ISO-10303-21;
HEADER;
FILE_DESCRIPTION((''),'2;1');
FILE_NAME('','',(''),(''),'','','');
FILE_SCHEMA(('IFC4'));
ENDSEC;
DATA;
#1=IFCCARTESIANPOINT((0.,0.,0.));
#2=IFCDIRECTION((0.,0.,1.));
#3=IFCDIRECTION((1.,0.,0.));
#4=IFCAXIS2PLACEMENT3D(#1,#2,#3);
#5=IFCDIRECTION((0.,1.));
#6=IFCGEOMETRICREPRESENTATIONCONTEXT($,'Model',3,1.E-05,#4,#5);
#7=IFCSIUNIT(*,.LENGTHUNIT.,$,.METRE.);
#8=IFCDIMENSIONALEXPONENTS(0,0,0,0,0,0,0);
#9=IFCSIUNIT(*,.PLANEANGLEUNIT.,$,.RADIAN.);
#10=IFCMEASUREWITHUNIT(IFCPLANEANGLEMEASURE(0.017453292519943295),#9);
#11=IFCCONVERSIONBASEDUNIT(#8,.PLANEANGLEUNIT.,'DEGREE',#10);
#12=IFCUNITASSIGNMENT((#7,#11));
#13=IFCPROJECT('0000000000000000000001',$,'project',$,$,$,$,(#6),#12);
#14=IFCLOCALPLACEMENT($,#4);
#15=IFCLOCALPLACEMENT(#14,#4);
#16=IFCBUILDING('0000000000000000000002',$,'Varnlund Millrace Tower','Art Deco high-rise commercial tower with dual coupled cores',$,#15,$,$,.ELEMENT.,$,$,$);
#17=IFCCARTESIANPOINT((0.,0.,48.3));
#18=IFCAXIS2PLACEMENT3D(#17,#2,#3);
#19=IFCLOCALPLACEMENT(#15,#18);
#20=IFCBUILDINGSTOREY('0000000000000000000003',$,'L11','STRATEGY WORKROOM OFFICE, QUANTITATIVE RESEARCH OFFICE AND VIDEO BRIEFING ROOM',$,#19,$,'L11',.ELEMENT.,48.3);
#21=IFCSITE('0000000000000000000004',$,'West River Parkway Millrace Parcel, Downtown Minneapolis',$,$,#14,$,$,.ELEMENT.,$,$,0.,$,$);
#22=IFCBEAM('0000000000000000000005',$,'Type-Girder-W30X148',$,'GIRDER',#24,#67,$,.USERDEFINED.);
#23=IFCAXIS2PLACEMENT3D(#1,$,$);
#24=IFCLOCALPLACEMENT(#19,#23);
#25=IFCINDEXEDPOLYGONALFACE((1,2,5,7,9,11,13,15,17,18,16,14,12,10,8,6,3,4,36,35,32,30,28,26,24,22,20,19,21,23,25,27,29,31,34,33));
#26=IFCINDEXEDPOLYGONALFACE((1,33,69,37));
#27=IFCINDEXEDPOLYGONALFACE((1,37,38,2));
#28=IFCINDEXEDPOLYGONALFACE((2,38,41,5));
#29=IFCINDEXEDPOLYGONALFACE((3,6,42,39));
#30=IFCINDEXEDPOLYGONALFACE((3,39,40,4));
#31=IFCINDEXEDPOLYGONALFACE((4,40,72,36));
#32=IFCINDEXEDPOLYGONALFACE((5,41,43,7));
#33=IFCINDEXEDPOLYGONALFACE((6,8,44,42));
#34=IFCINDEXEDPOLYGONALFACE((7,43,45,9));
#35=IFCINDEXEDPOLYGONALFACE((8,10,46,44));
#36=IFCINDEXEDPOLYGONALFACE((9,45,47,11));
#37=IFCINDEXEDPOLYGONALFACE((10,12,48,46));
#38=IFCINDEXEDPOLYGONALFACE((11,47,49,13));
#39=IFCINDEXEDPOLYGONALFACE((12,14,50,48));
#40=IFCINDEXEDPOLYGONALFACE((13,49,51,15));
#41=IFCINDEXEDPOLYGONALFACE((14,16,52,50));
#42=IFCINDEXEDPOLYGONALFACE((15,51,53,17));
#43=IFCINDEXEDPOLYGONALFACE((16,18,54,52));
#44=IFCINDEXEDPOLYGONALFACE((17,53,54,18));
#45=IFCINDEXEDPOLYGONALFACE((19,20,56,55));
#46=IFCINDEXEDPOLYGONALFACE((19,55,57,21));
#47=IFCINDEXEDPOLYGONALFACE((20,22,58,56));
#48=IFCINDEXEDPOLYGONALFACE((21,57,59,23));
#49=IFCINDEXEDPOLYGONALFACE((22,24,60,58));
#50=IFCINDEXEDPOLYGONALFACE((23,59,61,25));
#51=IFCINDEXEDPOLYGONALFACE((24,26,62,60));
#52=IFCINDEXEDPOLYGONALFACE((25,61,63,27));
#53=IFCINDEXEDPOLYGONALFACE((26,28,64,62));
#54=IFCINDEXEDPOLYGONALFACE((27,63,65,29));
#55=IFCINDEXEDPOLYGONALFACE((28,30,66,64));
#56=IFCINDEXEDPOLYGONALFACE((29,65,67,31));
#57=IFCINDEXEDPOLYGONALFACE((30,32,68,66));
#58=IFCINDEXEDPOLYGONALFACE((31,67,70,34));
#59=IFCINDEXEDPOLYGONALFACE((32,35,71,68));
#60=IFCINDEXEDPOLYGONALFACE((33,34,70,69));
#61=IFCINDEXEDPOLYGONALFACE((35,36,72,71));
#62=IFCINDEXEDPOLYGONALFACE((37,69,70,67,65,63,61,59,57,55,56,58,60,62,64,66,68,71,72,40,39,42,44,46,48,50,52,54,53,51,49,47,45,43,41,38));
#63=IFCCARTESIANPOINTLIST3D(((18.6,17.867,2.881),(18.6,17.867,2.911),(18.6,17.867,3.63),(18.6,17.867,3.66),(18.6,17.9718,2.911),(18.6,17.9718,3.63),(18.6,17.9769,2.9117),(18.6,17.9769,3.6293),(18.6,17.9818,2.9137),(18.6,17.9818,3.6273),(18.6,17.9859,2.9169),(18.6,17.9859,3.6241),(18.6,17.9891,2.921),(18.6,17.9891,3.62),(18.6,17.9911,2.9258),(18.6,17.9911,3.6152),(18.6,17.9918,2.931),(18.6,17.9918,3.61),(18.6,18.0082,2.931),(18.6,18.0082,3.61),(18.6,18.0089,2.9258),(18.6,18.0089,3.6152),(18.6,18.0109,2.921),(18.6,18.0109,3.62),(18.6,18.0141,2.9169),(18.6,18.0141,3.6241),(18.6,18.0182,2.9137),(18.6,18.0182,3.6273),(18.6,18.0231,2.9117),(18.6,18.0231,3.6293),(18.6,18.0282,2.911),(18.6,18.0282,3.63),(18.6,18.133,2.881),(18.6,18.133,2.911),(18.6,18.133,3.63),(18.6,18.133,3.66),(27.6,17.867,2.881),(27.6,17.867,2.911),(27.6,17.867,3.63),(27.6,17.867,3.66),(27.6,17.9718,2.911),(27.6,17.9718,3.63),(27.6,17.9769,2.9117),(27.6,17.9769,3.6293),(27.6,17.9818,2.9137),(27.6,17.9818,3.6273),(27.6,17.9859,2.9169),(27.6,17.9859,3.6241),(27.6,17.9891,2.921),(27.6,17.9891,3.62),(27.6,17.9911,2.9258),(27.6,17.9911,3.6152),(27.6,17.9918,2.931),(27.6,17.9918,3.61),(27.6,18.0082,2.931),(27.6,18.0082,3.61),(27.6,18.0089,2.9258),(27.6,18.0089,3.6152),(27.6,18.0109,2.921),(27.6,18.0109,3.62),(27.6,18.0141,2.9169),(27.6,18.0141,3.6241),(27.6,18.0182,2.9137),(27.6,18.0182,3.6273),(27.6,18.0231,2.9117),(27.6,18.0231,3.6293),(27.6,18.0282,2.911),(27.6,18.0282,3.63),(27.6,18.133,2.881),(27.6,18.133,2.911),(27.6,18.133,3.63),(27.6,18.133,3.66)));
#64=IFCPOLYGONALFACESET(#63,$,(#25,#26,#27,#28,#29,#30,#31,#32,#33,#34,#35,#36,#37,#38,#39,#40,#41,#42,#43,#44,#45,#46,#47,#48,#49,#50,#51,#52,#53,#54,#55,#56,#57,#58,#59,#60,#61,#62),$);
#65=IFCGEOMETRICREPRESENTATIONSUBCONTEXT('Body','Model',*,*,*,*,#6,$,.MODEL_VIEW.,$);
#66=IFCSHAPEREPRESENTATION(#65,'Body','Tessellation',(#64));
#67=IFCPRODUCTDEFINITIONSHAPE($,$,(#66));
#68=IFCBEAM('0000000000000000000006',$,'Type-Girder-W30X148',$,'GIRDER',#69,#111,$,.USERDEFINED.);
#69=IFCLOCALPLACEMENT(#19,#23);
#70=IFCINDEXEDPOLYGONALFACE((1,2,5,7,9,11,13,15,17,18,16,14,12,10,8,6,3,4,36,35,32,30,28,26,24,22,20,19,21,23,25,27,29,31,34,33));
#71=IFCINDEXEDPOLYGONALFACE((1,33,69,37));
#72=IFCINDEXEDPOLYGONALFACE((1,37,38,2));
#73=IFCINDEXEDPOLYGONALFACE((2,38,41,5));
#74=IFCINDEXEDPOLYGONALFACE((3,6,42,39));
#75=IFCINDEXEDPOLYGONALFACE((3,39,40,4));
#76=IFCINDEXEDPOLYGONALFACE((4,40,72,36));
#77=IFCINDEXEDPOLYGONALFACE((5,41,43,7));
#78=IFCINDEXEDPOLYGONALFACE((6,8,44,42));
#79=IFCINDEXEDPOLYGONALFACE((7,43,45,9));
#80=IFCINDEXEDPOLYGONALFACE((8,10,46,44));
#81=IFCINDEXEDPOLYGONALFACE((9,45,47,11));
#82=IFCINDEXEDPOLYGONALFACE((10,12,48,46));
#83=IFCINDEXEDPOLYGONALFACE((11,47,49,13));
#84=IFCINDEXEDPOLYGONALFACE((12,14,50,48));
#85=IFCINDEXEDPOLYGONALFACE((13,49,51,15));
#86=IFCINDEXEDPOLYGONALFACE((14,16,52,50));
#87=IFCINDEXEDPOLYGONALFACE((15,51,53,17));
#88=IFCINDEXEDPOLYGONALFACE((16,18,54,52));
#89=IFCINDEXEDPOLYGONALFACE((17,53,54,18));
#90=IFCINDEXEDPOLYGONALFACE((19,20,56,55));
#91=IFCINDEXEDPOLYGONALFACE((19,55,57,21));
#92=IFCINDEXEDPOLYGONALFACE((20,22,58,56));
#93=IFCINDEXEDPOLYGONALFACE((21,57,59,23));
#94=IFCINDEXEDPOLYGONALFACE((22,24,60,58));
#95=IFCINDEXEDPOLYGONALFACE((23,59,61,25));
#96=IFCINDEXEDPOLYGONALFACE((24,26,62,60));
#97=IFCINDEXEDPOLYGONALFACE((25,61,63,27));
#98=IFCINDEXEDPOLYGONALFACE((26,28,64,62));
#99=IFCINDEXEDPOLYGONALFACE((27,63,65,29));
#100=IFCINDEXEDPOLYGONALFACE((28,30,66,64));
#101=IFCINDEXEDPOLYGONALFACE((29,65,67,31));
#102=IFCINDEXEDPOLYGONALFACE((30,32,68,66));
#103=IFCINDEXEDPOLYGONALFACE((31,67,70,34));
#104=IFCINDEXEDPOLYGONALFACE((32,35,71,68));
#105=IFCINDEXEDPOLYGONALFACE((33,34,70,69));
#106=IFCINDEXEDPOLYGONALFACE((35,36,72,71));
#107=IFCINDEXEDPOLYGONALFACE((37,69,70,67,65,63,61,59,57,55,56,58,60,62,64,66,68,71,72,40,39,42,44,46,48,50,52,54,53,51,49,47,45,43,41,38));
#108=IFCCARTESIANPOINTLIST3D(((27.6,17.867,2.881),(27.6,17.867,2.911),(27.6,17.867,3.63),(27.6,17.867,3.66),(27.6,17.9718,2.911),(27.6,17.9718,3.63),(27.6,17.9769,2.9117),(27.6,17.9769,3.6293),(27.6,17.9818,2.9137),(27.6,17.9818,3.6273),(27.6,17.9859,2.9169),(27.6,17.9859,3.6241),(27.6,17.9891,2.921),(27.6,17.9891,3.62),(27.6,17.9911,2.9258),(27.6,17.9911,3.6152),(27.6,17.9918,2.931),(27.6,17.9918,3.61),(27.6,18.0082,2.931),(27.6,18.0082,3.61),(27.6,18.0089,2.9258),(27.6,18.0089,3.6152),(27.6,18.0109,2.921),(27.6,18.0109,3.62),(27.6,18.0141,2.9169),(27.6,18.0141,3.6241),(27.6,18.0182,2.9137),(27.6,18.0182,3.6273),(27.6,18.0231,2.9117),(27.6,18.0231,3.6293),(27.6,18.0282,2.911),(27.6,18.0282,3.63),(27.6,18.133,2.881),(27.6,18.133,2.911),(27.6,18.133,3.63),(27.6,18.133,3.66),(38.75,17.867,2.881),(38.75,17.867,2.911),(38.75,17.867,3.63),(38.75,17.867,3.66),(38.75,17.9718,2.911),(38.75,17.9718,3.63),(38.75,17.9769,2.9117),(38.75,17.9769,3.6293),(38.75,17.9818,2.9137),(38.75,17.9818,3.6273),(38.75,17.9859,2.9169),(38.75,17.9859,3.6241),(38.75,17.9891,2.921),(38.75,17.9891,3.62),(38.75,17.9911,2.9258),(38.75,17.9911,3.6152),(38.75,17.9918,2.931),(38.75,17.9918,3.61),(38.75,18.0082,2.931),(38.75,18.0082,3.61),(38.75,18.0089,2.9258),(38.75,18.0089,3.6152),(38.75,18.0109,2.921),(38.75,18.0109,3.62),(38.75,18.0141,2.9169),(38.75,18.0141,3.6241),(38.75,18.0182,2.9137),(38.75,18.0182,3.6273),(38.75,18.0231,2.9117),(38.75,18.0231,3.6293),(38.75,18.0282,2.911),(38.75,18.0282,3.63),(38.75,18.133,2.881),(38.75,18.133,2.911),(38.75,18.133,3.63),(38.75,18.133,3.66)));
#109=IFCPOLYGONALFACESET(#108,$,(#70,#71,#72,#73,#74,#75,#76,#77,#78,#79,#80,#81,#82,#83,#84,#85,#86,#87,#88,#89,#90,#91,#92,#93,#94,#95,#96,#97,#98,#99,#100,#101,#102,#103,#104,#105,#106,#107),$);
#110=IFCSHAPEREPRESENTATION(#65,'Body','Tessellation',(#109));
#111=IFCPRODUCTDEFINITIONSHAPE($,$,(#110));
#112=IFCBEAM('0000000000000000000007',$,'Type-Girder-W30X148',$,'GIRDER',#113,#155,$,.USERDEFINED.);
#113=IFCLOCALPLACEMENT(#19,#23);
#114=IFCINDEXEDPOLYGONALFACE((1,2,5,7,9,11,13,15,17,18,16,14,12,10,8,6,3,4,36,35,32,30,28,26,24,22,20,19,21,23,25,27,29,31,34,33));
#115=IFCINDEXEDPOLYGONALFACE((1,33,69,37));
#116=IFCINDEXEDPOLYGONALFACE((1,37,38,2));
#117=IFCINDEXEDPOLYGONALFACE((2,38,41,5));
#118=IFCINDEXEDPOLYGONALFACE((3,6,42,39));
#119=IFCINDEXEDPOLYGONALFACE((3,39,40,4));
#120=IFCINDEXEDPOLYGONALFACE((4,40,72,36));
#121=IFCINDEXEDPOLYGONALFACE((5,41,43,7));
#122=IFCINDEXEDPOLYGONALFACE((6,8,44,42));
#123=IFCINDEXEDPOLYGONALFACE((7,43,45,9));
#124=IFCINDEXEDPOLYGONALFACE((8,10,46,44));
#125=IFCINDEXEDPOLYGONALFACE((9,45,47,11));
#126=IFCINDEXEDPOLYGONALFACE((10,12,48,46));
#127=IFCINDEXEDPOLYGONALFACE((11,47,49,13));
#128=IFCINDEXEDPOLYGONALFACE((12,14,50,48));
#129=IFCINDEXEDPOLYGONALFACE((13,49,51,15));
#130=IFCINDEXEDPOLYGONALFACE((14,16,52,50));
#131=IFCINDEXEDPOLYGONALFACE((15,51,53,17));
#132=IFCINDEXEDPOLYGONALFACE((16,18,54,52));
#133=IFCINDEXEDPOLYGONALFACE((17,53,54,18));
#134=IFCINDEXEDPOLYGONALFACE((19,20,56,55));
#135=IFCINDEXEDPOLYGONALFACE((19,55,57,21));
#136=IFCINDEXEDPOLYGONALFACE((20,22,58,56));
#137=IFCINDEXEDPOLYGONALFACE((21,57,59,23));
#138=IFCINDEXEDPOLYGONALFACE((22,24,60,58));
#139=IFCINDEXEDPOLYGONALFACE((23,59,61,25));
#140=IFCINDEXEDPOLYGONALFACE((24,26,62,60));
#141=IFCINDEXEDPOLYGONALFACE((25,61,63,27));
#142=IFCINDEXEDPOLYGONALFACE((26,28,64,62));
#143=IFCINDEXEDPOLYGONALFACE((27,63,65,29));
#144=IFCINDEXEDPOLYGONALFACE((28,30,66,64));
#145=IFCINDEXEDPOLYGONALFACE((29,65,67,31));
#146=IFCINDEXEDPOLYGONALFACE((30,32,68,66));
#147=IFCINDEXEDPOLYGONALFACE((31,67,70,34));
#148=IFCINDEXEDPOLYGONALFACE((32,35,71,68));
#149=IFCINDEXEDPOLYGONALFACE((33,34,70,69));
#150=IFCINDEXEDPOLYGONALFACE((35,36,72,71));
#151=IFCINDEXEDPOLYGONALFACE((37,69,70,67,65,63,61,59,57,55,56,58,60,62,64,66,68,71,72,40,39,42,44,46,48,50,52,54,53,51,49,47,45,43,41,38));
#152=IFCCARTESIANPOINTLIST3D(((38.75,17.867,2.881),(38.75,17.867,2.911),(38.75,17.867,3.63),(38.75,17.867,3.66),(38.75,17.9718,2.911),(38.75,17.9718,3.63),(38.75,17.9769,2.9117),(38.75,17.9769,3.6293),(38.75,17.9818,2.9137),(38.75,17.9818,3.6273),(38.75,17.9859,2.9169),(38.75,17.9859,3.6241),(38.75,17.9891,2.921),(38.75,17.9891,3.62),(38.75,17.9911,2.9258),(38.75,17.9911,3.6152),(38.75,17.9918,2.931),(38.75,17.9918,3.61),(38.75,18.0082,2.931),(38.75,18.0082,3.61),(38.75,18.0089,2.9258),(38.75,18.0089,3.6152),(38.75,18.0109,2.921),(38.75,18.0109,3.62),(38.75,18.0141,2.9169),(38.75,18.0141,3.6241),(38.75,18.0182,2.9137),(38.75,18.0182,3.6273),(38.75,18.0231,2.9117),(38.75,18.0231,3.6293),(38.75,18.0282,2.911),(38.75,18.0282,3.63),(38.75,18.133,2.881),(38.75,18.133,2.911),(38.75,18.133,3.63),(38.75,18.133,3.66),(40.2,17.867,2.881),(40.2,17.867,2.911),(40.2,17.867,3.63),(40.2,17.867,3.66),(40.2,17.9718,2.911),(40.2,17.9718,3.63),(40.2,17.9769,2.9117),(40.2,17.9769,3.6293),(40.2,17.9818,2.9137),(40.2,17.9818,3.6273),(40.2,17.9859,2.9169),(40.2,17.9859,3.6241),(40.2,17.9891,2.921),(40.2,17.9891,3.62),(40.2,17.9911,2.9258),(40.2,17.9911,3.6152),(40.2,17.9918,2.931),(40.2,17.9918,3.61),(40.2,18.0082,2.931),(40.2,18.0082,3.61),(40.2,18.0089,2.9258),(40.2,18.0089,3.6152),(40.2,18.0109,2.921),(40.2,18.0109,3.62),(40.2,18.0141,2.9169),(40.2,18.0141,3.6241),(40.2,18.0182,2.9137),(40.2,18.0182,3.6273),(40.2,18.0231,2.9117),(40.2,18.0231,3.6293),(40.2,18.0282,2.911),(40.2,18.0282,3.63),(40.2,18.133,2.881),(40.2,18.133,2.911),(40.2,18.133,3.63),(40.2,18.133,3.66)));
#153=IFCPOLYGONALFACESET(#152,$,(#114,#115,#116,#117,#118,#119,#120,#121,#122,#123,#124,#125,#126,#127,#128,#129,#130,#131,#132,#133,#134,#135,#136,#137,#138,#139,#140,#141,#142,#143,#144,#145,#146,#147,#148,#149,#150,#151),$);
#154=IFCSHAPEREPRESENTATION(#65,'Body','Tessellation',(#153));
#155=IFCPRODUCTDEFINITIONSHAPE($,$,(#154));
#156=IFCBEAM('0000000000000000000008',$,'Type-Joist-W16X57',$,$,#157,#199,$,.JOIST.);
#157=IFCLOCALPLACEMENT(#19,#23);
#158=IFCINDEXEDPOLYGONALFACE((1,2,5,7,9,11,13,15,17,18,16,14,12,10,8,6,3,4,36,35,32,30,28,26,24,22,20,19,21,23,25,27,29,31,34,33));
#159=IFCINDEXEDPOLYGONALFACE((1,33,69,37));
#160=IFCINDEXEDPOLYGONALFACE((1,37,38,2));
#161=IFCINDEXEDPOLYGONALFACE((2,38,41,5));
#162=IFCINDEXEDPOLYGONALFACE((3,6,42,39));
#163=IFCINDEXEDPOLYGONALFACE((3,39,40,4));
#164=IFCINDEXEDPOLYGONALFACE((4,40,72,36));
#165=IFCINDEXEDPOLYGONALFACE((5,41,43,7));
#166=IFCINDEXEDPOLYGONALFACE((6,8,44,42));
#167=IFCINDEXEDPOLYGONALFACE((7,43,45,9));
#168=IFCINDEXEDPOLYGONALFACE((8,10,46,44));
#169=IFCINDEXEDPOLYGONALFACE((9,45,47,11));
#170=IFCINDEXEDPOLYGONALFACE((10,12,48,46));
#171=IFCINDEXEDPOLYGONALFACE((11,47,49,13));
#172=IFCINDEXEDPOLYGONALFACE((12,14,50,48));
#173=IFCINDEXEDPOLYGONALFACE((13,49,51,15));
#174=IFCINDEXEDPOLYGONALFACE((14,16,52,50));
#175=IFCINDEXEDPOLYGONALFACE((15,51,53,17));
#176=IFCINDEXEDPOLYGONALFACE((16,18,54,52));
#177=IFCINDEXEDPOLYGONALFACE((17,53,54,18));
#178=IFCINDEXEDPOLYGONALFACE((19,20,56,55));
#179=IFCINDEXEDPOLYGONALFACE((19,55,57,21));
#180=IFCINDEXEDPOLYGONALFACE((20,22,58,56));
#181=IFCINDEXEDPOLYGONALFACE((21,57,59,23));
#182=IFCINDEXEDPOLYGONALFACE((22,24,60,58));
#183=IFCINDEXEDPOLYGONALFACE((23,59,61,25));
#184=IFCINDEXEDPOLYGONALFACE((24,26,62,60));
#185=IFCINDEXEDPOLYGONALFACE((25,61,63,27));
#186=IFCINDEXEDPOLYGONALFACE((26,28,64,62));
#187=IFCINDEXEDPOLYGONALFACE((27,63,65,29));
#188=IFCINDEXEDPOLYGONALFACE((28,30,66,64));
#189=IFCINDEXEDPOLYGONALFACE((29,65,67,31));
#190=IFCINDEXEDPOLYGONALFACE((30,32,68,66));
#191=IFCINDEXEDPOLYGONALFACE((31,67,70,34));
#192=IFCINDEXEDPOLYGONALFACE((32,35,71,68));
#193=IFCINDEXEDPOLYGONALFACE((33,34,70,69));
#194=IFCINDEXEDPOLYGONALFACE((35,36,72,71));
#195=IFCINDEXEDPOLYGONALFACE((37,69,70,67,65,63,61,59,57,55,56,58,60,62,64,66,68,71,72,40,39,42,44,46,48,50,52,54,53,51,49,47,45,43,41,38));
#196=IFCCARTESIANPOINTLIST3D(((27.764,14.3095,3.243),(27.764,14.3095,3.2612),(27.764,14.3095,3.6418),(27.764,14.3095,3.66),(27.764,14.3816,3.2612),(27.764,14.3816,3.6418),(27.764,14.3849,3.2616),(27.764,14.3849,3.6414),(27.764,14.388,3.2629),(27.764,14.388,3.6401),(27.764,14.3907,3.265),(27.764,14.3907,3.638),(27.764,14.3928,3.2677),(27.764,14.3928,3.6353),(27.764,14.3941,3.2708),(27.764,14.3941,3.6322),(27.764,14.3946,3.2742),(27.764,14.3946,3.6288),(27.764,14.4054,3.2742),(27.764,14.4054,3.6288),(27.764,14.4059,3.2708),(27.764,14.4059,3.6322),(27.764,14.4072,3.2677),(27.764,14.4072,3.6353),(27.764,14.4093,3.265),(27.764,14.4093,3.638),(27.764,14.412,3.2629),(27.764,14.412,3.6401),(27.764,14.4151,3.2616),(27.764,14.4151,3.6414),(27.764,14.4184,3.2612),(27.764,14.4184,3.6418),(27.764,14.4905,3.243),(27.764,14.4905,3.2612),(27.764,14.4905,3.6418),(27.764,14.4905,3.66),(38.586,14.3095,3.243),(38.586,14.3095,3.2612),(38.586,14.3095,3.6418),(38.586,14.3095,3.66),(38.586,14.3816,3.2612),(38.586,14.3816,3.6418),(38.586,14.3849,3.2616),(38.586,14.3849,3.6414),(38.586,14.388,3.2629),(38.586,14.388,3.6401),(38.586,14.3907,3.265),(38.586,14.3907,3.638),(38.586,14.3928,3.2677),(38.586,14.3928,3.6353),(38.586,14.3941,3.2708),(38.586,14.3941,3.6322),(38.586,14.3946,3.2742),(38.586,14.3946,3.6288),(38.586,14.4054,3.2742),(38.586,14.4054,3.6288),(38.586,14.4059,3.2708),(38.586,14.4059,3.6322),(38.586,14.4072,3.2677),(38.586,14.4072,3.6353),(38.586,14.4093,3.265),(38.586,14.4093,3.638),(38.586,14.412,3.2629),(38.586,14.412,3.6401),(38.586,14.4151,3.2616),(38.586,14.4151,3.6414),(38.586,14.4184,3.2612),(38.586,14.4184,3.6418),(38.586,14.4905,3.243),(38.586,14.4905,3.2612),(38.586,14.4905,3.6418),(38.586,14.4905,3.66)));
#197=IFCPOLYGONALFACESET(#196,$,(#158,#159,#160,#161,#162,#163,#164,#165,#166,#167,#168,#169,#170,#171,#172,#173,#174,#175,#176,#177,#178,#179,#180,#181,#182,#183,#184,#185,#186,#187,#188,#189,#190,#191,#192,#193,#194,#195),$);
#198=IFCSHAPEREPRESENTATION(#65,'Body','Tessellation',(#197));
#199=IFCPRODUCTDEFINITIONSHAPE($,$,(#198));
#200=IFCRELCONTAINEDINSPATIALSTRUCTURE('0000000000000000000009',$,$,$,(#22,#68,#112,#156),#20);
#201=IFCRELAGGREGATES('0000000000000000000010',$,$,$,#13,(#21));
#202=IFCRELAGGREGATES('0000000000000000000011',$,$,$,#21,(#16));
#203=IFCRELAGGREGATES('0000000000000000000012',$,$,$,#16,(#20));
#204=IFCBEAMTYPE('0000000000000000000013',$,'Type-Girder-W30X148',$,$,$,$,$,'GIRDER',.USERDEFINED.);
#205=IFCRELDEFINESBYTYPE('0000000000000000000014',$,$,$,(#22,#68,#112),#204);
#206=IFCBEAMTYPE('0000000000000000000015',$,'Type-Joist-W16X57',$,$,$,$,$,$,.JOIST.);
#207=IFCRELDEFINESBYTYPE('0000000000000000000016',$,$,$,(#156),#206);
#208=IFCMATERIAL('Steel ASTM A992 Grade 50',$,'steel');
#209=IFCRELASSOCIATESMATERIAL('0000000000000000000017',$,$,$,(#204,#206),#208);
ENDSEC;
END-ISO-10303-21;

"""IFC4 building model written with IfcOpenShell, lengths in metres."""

from ifc_helpers import new_model, entity, si_unit, converted_unit, direction, frame, origin_with_axes, origin_2d_with_axis, place, context, subcontext, project, spatial, i_section, extrude, material, material_profile, profile_set, type_object, element, save


model = new_model("IFC4")

# Units and contexts
model_context = context("Model", 3, precision=1e-05, world=origin_with_axes(), true_north=direction((0.0, 1.0)))
body_context = subcontext(model_context, "Body", "Model", "MODEL_VIEW")
ifc_project = project(units=[si_unit("LENGTHUNIT", "METRE"), converted_unit("PLANEANGLEUNIT", "DEGREE", entity("IfcPlaneAngleMeasure", 0.017453292519943295), si_unit("PLANEANGLEUNIT", "RADIAN"), dimensions=[0, 0, 0, 0, 0, 0, 0])], contexts=[model_context])

# Site, building, storey
site_placement = place(None, origin_with_axes())
site = spatial("IfcSite", under=ifc_project, at=site_placement, Name="West River Parkway Millrace Parcel, Downtown Minneapolis", CompositionType="ELEMENT", RefElevation=0.0)
building_placement = place(site_placement, origin_with_axes())
building = spatial("IfcBuilding", under=site, at=building_placement, Name="Varnlund Millrace Tower", Description="Art Deco high-rise commercial tower with dual coupled cores", CompositionType="ELEMENT")
storey_placement = place(building_placement, frame((0.0, 0.0, 48.3), z_axis=(0.0, 0.0, 1.0), x_axis=(1.0, 0.0, 0.0)))
storey = spatial("IfcBuildingStorey", under=building, at=storey_placement, Name="L11", Description="STRATEGY WORKROOM OFFICE, QUANTITATIVE RESEARCH OFFICE AND VIDEO BRIEFING ROOM", LongName="L11", CompositionType="ELEMENT", Elevation=48.3)

# Beams
ifc_material_1 = material(Name="Steel ASTM A992 Grade 50", Category="steel")
ifc_material_profile_1 = material_profile(ifc_material_1, i_section(OverallWidth=0.266, OverallDepth=0.779, WebThickness=0.0165, FlangeThickness=0.03, FilletRadius=0.02, at=origin_2d_with_axis()), Name="Steel ASTM A992 Grade 50")
ifc_profile_set_1 = profile_set([ifc_material_profile_1], Name="Steel ASTM A992 Grade 50")
beam_type_1 = type_object("IfcBeamType", Name="Type-Girder-W30X148", ElementType="GIRDER", PredefinedType="USERDEFINED", material=ifc_profile_set_1)
beam_1_placement = place(storey_placement, frame((18.6, 18.0, 3.2705), z_axis=(1.0, 0.0, 0.0), x_axis=(0.0, 1.0, 0.0)))
element("IfcBeam", 1, at=beam_1_placement, inside=storey, type_object=beam_type_1, Name="Type-Girder-W30X148", ObjectType="GIRDER", PredefinedType="USERDEFINED", context=body_context, shape_type="SweptSolid", body=[
    extrude(i_section(OverallWidth=0.266, OverallDepth=0.779, WebThickness=0.0165, FlangeThickness=0.03, FilletRadius=0.02, at=origin_2d_with_axis()), origin_with_axes(), (0.0, 0.0, 1.0), 9.0),
])
beam_2_placement = place(storey_placement, frame((27.6, 18.0, 3.2705), z_axis=(1.0, 0.0, 0.0), x_axis=(0.0, 1.0, 0.0)))
element("IfcBeam", 2, at=beam_2_placement, inside=storey, type_object=beam_type_1, Name="Type-Girder-W30X148", ObjectType="GIRDER", PredefinedType="USERDEFINED", context=body_context, shape_type="SweptSolid", body=[
    extrude(i_section(OverallWidth=0.266, OverallDepth=0.779, WebThickness=0.0165, FlangeThickness=0.03, FilletRadius=0.02, at=origin_2d_with_axis()), origin_with_axes(), (0.0, 0.0, 1.0), 11.15),
])
beam_3_placement = place(storey_placement, frame((38.75, 18.0, 3.2705), z_axis=(1.0, 0.0, 0.0), x_axis=(0.0, 1.0, 0.0)))
element("IfcBeam", 3, at=beam_3_placement, inside=storey, type_object=beam_type_1, Name="Type-Girder-W30X148", ObjectType="GIRDER", PredefinedType="USERDEFINED", context=body_context, shape_type="SweptSolid", body=[
    extrude(i_section(OverallWidth=0.266, OverallDepth=0.779, WebThickness=0.0165, FlangeThickness=0.03, FilletRadius=0.02, at=origin_2d_with_axis()), origin_with_axes(), (0.0, 0.0, 1.0), 1.45),
])
ifc_material_profile_2 = material_profile(ifc_material_1, i_section(OverallWidth=0.181, OverallDepth=0.417, WebThickness=0.0109, FlangeThickness=0.0182, FilletRadius=0.013, at=origin_2d_with_axis()), Name="Steel ASTM A992 Grade 50")
ifc_profile_set_2 = profile_set([ifc_material_profile_2], Name="Steel ASTM A992 Grade 50")
beam_type_2 = type_object("IfcBeamType", Name="Type-Joist-W16X57", PredefinedType="JOIST", material=ifc_profile_set_2)
beam_4_placement = place(storey_placement, frame((27.764, 14.4, 3.4515), z_axis=(1.0, 0.0, 0.0), x_axis=(0.0, 1.0, 0.0)))
element("IfcBeam", 4, at=beam_4_placement, inside=storey, type_object=beam_type_2, Name="Type-Joist-W16X57", PredefinedType="JOIST", context=body_context, shape_type="SweptSolid", body=[
    extrude(i_section(OverallWidth=0.181, OverallDepth=0.417, WebThickness=0.0109, FlangeThickness=0.0182, FilletRadius=0.013, at=origin_2d_with_axis()), origin_with_axes(), (0.0, 0.0, 1.0), 10.822),
])

save(model, "model.ifc")
